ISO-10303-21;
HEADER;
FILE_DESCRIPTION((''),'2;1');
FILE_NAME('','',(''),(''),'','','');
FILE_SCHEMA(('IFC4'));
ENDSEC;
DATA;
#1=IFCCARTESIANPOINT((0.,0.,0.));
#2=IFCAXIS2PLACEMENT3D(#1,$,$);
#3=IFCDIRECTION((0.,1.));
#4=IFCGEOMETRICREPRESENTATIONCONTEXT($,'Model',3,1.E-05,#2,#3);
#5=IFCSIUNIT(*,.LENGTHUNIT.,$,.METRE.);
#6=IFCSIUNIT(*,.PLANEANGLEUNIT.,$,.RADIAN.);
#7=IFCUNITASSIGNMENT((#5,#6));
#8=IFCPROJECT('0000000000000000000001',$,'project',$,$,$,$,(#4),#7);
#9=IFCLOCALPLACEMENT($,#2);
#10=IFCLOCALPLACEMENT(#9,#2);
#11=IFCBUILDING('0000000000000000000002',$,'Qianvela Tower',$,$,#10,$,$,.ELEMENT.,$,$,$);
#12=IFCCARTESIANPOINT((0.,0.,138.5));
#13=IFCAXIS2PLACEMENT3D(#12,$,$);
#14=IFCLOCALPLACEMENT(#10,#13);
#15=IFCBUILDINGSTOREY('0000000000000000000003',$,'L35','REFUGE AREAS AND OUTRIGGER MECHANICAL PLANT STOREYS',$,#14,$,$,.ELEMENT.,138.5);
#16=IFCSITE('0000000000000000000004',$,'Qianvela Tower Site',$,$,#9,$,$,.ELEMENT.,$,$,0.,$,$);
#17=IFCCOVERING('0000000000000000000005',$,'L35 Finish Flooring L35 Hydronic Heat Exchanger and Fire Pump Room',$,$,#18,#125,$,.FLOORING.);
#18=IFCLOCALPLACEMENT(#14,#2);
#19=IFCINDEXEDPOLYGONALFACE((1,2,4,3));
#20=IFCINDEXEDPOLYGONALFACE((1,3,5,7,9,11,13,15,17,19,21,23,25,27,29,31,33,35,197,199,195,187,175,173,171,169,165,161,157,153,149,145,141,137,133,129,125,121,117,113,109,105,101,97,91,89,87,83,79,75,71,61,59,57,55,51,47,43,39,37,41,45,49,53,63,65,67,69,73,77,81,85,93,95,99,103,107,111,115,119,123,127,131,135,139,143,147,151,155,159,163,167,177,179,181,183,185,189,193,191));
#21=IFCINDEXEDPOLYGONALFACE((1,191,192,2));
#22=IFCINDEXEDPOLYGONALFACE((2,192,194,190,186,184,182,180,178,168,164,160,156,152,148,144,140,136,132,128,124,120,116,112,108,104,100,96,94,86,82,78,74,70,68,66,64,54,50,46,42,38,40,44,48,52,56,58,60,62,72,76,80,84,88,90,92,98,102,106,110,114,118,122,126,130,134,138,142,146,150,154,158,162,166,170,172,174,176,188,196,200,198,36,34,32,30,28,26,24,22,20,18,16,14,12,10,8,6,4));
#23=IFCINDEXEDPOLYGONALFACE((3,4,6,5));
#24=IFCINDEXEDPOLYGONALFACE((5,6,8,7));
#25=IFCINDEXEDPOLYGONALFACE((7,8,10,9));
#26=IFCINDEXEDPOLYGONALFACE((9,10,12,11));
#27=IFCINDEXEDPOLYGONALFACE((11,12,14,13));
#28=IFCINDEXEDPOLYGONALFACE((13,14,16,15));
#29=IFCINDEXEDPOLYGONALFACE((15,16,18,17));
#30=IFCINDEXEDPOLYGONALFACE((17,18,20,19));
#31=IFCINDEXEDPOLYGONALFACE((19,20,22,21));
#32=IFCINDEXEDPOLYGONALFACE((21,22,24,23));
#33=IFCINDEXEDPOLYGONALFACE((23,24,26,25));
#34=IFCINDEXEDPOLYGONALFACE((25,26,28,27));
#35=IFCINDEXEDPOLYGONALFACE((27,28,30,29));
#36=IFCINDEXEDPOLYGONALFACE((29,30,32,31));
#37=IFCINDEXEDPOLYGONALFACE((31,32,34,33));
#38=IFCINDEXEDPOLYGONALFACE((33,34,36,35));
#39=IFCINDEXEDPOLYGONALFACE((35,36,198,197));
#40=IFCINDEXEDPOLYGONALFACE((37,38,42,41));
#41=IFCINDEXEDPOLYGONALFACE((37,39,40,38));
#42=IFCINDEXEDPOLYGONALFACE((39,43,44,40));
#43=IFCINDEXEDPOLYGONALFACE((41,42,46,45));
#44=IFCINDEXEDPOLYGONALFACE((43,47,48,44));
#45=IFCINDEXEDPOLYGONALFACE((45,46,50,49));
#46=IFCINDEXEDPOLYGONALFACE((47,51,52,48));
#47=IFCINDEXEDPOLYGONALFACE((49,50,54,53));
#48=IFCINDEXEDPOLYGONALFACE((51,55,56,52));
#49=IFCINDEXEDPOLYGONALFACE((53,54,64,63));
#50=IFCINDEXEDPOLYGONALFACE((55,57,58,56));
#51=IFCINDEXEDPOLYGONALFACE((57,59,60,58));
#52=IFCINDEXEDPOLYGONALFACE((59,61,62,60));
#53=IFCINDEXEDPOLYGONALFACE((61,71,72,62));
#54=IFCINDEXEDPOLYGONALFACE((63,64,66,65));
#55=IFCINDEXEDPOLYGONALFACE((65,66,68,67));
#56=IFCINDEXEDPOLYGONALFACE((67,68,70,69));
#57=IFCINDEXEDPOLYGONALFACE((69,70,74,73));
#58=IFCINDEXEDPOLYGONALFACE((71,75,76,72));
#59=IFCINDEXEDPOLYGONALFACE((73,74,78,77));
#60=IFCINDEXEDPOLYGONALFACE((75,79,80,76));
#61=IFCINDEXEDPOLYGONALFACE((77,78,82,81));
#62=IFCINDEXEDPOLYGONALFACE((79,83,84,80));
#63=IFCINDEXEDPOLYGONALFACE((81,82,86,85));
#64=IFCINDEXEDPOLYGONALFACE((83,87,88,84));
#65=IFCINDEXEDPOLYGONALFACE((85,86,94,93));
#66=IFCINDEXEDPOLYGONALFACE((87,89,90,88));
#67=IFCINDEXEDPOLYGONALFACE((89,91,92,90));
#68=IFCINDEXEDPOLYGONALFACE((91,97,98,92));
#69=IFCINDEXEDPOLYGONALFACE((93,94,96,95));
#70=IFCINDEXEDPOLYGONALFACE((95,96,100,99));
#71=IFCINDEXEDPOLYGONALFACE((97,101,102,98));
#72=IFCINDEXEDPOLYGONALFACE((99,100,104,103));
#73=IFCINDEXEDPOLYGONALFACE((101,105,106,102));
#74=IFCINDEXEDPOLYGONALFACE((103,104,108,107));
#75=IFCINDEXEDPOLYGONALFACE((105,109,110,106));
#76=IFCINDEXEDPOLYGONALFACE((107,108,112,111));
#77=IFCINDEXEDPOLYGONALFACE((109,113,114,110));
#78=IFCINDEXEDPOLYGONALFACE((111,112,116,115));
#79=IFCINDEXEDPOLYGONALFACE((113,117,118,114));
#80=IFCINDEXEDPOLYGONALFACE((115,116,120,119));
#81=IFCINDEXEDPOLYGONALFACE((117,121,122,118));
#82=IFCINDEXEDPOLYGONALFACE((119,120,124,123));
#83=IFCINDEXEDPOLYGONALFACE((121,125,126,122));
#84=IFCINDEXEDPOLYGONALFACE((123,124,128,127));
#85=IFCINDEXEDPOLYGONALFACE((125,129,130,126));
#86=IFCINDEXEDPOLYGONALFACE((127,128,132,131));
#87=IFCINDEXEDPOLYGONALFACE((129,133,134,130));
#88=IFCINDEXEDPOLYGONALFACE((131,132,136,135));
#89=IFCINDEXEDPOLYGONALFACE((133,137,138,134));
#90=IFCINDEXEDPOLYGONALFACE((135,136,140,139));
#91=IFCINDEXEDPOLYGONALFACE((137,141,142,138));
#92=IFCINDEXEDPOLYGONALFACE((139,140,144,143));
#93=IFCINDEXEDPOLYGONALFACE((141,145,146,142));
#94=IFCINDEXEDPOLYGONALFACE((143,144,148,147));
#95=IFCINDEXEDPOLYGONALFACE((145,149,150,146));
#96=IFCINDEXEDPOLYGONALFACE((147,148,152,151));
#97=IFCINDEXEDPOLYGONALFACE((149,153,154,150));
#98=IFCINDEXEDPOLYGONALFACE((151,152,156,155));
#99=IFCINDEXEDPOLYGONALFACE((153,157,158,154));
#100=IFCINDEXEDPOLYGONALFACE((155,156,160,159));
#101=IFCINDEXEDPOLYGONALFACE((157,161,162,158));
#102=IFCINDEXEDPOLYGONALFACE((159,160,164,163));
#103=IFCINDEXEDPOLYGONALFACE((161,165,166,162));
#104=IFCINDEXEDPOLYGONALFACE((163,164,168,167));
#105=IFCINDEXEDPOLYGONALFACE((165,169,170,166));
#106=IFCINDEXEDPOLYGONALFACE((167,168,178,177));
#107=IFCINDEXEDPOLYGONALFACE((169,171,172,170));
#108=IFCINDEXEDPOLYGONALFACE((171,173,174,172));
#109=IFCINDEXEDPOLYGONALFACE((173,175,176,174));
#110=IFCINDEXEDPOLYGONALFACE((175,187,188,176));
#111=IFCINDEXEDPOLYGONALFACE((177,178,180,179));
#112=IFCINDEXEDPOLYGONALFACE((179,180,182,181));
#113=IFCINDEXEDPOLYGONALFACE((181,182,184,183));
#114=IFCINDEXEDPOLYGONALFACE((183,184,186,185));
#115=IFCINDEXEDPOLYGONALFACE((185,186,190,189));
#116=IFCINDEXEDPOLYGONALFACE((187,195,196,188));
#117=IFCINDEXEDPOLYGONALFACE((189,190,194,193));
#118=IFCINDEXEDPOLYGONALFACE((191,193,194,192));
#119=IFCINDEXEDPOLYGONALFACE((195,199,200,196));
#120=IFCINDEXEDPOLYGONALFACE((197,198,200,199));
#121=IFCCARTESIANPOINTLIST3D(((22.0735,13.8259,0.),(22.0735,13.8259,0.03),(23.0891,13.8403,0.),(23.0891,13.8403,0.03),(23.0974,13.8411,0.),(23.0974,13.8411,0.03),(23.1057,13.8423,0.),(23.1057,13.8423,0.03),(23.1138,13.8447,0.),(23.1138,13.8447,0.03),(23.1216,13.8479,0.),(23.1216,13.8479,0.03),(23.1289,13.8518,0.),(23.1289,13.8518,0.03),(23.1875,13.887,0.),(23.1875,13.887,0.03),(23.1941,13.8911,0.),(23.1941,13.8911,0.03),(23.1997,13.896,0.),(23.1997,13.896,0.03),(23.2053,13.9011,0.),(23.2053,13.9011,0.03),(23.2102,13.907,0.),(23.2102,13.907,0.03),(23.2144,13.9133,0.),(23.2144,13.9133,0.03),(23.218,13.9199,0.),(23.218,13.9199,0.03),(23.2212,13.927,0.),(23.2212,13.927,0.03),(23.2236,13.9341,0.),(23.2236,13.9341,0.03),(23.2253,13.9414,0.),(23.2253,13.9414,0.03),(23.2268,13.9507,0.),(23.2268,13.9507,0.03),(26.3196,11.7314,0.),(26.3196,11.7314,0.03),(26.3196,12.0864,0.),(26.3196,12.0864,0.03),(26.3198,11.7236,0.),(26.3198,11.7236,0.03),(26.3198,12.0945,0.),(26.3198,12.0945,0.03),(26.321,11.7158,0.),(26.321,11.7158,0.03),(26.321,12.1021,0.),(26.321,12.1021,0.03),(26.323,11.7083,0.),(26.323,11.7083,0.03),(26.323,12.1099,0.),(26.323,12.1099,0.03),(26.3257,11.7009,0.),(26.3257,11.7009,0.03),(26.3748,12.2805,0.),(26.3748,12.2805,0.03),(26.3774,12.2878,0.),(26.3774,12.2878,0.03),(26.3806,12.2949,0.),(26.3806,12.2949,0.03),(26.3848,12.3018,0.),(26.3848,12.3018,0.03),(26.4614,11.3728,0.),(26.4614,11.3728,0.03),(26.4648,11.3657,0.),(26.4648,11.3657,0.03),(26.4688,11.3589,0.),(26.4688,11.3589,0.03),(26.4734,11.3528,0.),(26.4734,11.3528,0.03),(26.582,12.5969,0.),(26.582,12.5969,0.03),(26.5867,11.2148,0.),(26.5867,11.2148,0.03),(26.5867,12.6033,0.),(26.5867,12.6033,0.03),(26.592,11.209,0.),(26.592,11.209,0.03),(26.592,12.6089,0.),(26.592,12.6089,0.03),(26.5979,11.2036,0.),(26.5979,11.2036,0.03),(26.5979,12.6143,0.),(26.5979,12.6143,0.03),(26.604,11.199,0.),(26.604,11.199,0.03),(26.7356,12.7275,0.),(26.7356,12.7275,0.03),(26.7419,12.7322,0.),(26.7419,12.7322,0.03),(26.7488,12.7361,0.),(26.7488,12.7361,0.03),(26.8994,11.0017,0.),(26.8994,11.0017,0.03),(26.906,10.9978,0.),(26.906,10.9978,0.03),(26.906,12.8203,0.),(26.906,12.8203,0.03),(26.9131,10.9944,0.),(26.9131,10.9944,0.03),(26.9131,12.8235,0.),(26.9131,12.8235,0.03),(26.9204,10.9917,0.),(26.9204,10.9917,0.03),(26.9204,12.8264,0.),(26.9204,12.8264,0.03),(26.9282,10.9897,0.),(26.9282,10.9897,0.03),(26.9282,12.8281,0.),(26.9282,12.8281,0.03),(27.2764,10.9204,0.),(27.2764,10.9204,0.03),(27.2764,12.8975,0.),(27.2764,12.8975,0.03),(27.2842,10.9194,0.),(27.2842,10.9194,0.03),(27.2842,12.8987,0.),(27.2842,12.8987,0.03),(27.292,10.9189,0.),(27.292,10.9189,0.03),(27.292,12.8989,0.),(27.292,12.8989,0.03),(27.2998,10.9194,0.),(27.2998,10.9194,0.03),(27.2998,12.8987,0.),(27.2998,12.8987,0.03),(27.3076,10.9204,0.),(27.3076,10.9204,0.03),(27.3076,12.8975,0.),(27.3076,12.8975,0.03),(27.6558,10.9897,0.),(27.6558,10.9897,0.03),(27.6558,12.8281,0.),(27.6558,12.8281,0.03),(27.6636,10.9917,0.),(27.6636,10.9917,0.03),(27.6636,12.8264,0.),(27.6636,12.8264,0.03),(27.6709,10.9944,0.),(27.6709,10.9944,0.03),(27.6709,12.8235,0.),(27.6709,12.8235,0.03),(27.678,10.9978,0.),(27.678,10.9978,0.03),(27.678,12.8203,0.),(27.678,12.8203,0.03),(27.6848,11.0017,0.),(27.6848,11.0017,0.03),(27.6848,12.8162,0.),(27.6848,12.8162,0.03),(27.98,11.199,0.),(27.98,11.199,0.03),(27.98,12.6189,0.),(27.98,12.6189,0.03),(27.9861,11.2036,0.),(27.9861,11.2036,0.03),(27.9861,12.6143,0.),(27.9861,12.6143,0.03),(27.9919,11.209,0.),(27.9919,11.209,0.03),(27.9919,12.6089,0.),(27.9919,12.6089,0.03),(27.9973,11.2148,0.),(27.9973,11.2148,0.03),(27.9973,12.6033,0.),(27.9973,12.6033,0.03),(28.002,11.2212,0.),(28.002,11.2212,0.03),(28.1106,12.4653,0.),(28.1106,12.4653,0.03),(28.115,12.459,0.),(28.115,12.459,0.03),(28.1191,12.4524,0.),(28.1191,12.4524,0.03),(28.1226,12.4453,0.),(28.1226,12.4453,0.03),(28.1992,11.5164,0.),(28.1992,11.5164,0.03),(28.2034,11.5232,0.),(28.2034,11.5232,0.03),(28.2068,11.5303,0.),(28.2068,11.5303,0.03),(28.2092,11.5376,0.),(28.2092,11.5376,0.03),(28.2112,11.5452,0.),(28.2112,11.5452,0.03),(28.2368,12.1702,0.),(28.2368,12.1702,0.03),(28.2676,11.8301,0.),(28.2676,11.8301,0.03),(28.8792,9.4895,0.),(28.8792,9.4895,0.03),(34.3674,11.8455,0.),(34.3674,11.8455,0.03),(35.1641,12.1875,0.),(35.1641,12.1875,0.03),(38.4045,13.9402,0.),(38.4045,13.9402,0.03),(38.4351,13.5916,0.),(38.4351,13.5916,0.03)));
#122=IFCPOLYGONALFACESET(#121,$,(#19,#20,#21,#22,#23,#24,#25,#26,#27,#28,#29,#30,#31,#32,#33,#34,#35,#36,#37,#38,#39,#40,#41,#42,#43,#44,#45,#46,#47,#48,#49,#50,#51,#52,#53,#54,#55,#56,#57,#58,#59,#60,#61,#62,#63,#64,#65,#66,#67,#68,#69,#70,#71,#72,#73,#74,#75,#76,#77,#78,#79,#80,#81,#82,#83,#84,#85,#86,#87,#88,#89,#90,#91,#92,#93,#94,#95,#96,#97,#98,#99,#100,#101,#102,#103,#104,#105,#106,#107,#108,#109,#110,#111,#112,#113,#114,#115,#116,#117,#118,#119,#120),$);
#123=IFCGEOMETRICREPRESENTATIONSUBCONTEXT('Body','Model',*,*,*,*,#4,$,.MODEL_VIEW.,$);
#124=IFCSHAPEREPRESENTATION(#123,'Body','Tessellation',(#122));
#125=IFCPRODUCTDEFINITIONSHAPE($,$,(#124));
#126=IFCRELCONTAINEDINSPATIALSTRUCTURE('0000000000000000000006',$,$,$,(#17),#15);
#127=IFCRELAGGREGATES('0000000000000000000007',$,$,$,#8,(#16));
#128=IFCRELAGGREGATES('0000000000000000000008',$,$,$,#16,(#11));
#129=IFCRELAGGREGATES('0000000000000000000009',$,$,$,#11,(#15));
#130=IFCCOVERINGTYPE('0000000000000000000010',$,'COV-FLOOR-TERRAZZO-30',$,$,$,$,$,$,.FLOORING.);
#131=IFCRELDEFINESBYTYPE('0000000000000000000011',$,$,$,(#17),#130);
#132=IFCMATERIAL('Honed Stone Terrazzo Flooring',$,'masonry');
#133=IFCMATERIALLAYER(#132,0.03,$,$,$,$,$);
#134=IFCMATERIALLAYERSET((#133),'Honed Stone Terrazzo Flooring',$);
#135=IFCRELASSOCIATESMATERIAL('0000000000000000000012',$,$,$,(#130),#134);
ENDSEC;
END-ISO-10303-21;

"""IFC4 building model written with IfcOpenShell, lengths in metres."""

from ifc_helpers import new_model, si_unit, direction, frame, origin, place, context, subcontext, project, spatial, polyline, outline, extrude, material, layer, layer_set, type_object, element, save


model = new_model("IFC4")

# Units and contexts
model_context = context("Model", 3, precision=1e-05, world=origin(), true_north=direction((0.0, 1.0)))
body_context = subcontext(model_context, "Body", "Model", "MODEL_VIEW")
ifc_project = project(units=[si_unit("LENGTHUNIT", "METRE"), si_unit("PLANEANGLEUNIT", "RADIAN")], contexts=[model_context])

# Site, building, storey
site_placement = place(None, origin())
site = spatial("IfcSite", under=ifc_project, at=site_placement, Name="Qianvela Tower Site", CompositionType="ELEMENT", RefElevation=0.0)
building_placement = place(site_placement, origin())
building = spatial("IfcBuilding", under=site, at=building_placement, Name="Qianvela Tower", CompositionType="ELEMENT")
storey_placement = place(building_placement, frame((0.0, 0.0, 138.5)))
storey = spatial("IfcBuildingStorey", under=building, at=storey_placement, Name="L35", Description="REFUGE AREAS AND OUTRIGGER MECHANICAL PLANT STOREYS", CompositionType="ELEMENT", Elevation=138.5)

# Covering
ifc_material_1 = material(Name="Honed Stone Terrazzo Flooring", Category="masonry")
ifc_layer_1 = layer(ifc_material_1, 0.03)
ifc_layer_set_1 = layer_set([ifc_layer_1], Name="Honed Stone Terrazzo Flooring")
covering_type_1 = type_object("IfcCoveringType", Name="COV-FLOOR-TERRAZZO-30", PredefinedType="FLOORING", material=ifc_layer_set_1)
covering_1_placement = place(storey_placement, origin())
element("IfcCovering", 1, at=covering_1_placement, inside=storey, type_object=covering_type_1, Name="L35 Finish Flooring L35 Hydronic Heat Exchanger and Fire Pump Room", PredefinedType="FLOORING", context=body_context, shape_type="SweptSolid", body=[
    extrude(outline(polyline([(23.2268, 13.9507), (38.4045, 13.9402), (38.4351, 13.5916), (35.1641, 12.1875), (28.2368, 12.1702), (28.1226, 12.4453), (28.1191, 12.4524), (28.115, 12.459), (28.1106, 12.4653), (27.9973, 12.6033), (27.9919, 12.6089), (27.9861, 12.6143), (27.98, 12.6189), (27.6848, 12.8162), (27.678, 12.8203), (27.6709, 12.8235), (27.6636, 12.8264), (27.6558, 12.8281), (27.3076, 12.8975), (27.2998, 12.8987), (27.292, 12.8989), (27.2842, 12.8987), (27.2764, 12.8975), (26.9282, 12.8281), (26.9204, 12.8264), (26.9131, 12.8235), (26.906, 12.8203), (26.7488, 12.7361), (26.7419, 12.7322), (26.7356, 12.7275), (26.5979, 12.6143), (26.592, 12.6089), (26.5867, 12.6033), (26.582, 12.5969), (26.3848, 12.3018), (26.3806, 12.2949), (26.3774, 12.2878), (26.3748, 12.2805), (26.323, 12.1099), (26.321, 12.1021), (26.3198, 12.0945), (26.3196, 12.0864), (26.3196, 11.7314), (26.3198, 11.7236), (26.321, 11.7158), (26.323, 11.7083), (26.3257, 11.7009), (26.4614, 11.3728), (26.4648, 11.3657), (26.4688, 11.3589), (26.4734, 11.3528), (26.5867, 11.2148), (26.592, 11.209), (26.5979, 11.2036), (26.604, 11.199), (26.8994, 11.0017), (26.906, 10.9978), (26.9131, 10.9944), (26.9204, 10.9917), (26.9282, 10.9897), (27.2764, 10.9204), (27.2842, 10.9194), (27.292, 10.9189), (27.2998, 10.9194), (27.3076, 10.9204), (27.6558, 10.9897), (27.6636, 10.9917), (27.6709, 10.9944), (27.678, 10.9978), (27.6848, 11.0017), (27.98, 11.199), (27.9861, 11.2036), (27.9919, 11.209), (27.9973, 11.2148), (28.002, 11.2212), (28.1992, 11.5164), (28.2034, 11.5232), (28.2068, 11.5303), (28.2092, 11.5376), (28.2112, 11.5452), (28.2676, 11.8301), (34.3674, 11.8455), (28.8792, 9.4895), (22.0735, 13.8259), (23.0891, 13.8403), (23.0974, 13.8411), (23.1057, 13.8423), (23.1138, 13.8447), (23.1216, 13.8479), (23.1289, 13.8518), (23.1875, 13.887), (23.1941, 13.8911), (23.1997, 13.896), (23.2053, 13.9011), (23.2102, 13.907), (23.2144, 13.9133), (23.218, 13.9199), (23.2212, 13.927), (23.2236, 13.9341), (23.2253, 13.9414), (23.2268, 13.9507)])), origin(), (0.0, 0.0, 1.0), 0.03),
])

save(model, "model.ifc")
